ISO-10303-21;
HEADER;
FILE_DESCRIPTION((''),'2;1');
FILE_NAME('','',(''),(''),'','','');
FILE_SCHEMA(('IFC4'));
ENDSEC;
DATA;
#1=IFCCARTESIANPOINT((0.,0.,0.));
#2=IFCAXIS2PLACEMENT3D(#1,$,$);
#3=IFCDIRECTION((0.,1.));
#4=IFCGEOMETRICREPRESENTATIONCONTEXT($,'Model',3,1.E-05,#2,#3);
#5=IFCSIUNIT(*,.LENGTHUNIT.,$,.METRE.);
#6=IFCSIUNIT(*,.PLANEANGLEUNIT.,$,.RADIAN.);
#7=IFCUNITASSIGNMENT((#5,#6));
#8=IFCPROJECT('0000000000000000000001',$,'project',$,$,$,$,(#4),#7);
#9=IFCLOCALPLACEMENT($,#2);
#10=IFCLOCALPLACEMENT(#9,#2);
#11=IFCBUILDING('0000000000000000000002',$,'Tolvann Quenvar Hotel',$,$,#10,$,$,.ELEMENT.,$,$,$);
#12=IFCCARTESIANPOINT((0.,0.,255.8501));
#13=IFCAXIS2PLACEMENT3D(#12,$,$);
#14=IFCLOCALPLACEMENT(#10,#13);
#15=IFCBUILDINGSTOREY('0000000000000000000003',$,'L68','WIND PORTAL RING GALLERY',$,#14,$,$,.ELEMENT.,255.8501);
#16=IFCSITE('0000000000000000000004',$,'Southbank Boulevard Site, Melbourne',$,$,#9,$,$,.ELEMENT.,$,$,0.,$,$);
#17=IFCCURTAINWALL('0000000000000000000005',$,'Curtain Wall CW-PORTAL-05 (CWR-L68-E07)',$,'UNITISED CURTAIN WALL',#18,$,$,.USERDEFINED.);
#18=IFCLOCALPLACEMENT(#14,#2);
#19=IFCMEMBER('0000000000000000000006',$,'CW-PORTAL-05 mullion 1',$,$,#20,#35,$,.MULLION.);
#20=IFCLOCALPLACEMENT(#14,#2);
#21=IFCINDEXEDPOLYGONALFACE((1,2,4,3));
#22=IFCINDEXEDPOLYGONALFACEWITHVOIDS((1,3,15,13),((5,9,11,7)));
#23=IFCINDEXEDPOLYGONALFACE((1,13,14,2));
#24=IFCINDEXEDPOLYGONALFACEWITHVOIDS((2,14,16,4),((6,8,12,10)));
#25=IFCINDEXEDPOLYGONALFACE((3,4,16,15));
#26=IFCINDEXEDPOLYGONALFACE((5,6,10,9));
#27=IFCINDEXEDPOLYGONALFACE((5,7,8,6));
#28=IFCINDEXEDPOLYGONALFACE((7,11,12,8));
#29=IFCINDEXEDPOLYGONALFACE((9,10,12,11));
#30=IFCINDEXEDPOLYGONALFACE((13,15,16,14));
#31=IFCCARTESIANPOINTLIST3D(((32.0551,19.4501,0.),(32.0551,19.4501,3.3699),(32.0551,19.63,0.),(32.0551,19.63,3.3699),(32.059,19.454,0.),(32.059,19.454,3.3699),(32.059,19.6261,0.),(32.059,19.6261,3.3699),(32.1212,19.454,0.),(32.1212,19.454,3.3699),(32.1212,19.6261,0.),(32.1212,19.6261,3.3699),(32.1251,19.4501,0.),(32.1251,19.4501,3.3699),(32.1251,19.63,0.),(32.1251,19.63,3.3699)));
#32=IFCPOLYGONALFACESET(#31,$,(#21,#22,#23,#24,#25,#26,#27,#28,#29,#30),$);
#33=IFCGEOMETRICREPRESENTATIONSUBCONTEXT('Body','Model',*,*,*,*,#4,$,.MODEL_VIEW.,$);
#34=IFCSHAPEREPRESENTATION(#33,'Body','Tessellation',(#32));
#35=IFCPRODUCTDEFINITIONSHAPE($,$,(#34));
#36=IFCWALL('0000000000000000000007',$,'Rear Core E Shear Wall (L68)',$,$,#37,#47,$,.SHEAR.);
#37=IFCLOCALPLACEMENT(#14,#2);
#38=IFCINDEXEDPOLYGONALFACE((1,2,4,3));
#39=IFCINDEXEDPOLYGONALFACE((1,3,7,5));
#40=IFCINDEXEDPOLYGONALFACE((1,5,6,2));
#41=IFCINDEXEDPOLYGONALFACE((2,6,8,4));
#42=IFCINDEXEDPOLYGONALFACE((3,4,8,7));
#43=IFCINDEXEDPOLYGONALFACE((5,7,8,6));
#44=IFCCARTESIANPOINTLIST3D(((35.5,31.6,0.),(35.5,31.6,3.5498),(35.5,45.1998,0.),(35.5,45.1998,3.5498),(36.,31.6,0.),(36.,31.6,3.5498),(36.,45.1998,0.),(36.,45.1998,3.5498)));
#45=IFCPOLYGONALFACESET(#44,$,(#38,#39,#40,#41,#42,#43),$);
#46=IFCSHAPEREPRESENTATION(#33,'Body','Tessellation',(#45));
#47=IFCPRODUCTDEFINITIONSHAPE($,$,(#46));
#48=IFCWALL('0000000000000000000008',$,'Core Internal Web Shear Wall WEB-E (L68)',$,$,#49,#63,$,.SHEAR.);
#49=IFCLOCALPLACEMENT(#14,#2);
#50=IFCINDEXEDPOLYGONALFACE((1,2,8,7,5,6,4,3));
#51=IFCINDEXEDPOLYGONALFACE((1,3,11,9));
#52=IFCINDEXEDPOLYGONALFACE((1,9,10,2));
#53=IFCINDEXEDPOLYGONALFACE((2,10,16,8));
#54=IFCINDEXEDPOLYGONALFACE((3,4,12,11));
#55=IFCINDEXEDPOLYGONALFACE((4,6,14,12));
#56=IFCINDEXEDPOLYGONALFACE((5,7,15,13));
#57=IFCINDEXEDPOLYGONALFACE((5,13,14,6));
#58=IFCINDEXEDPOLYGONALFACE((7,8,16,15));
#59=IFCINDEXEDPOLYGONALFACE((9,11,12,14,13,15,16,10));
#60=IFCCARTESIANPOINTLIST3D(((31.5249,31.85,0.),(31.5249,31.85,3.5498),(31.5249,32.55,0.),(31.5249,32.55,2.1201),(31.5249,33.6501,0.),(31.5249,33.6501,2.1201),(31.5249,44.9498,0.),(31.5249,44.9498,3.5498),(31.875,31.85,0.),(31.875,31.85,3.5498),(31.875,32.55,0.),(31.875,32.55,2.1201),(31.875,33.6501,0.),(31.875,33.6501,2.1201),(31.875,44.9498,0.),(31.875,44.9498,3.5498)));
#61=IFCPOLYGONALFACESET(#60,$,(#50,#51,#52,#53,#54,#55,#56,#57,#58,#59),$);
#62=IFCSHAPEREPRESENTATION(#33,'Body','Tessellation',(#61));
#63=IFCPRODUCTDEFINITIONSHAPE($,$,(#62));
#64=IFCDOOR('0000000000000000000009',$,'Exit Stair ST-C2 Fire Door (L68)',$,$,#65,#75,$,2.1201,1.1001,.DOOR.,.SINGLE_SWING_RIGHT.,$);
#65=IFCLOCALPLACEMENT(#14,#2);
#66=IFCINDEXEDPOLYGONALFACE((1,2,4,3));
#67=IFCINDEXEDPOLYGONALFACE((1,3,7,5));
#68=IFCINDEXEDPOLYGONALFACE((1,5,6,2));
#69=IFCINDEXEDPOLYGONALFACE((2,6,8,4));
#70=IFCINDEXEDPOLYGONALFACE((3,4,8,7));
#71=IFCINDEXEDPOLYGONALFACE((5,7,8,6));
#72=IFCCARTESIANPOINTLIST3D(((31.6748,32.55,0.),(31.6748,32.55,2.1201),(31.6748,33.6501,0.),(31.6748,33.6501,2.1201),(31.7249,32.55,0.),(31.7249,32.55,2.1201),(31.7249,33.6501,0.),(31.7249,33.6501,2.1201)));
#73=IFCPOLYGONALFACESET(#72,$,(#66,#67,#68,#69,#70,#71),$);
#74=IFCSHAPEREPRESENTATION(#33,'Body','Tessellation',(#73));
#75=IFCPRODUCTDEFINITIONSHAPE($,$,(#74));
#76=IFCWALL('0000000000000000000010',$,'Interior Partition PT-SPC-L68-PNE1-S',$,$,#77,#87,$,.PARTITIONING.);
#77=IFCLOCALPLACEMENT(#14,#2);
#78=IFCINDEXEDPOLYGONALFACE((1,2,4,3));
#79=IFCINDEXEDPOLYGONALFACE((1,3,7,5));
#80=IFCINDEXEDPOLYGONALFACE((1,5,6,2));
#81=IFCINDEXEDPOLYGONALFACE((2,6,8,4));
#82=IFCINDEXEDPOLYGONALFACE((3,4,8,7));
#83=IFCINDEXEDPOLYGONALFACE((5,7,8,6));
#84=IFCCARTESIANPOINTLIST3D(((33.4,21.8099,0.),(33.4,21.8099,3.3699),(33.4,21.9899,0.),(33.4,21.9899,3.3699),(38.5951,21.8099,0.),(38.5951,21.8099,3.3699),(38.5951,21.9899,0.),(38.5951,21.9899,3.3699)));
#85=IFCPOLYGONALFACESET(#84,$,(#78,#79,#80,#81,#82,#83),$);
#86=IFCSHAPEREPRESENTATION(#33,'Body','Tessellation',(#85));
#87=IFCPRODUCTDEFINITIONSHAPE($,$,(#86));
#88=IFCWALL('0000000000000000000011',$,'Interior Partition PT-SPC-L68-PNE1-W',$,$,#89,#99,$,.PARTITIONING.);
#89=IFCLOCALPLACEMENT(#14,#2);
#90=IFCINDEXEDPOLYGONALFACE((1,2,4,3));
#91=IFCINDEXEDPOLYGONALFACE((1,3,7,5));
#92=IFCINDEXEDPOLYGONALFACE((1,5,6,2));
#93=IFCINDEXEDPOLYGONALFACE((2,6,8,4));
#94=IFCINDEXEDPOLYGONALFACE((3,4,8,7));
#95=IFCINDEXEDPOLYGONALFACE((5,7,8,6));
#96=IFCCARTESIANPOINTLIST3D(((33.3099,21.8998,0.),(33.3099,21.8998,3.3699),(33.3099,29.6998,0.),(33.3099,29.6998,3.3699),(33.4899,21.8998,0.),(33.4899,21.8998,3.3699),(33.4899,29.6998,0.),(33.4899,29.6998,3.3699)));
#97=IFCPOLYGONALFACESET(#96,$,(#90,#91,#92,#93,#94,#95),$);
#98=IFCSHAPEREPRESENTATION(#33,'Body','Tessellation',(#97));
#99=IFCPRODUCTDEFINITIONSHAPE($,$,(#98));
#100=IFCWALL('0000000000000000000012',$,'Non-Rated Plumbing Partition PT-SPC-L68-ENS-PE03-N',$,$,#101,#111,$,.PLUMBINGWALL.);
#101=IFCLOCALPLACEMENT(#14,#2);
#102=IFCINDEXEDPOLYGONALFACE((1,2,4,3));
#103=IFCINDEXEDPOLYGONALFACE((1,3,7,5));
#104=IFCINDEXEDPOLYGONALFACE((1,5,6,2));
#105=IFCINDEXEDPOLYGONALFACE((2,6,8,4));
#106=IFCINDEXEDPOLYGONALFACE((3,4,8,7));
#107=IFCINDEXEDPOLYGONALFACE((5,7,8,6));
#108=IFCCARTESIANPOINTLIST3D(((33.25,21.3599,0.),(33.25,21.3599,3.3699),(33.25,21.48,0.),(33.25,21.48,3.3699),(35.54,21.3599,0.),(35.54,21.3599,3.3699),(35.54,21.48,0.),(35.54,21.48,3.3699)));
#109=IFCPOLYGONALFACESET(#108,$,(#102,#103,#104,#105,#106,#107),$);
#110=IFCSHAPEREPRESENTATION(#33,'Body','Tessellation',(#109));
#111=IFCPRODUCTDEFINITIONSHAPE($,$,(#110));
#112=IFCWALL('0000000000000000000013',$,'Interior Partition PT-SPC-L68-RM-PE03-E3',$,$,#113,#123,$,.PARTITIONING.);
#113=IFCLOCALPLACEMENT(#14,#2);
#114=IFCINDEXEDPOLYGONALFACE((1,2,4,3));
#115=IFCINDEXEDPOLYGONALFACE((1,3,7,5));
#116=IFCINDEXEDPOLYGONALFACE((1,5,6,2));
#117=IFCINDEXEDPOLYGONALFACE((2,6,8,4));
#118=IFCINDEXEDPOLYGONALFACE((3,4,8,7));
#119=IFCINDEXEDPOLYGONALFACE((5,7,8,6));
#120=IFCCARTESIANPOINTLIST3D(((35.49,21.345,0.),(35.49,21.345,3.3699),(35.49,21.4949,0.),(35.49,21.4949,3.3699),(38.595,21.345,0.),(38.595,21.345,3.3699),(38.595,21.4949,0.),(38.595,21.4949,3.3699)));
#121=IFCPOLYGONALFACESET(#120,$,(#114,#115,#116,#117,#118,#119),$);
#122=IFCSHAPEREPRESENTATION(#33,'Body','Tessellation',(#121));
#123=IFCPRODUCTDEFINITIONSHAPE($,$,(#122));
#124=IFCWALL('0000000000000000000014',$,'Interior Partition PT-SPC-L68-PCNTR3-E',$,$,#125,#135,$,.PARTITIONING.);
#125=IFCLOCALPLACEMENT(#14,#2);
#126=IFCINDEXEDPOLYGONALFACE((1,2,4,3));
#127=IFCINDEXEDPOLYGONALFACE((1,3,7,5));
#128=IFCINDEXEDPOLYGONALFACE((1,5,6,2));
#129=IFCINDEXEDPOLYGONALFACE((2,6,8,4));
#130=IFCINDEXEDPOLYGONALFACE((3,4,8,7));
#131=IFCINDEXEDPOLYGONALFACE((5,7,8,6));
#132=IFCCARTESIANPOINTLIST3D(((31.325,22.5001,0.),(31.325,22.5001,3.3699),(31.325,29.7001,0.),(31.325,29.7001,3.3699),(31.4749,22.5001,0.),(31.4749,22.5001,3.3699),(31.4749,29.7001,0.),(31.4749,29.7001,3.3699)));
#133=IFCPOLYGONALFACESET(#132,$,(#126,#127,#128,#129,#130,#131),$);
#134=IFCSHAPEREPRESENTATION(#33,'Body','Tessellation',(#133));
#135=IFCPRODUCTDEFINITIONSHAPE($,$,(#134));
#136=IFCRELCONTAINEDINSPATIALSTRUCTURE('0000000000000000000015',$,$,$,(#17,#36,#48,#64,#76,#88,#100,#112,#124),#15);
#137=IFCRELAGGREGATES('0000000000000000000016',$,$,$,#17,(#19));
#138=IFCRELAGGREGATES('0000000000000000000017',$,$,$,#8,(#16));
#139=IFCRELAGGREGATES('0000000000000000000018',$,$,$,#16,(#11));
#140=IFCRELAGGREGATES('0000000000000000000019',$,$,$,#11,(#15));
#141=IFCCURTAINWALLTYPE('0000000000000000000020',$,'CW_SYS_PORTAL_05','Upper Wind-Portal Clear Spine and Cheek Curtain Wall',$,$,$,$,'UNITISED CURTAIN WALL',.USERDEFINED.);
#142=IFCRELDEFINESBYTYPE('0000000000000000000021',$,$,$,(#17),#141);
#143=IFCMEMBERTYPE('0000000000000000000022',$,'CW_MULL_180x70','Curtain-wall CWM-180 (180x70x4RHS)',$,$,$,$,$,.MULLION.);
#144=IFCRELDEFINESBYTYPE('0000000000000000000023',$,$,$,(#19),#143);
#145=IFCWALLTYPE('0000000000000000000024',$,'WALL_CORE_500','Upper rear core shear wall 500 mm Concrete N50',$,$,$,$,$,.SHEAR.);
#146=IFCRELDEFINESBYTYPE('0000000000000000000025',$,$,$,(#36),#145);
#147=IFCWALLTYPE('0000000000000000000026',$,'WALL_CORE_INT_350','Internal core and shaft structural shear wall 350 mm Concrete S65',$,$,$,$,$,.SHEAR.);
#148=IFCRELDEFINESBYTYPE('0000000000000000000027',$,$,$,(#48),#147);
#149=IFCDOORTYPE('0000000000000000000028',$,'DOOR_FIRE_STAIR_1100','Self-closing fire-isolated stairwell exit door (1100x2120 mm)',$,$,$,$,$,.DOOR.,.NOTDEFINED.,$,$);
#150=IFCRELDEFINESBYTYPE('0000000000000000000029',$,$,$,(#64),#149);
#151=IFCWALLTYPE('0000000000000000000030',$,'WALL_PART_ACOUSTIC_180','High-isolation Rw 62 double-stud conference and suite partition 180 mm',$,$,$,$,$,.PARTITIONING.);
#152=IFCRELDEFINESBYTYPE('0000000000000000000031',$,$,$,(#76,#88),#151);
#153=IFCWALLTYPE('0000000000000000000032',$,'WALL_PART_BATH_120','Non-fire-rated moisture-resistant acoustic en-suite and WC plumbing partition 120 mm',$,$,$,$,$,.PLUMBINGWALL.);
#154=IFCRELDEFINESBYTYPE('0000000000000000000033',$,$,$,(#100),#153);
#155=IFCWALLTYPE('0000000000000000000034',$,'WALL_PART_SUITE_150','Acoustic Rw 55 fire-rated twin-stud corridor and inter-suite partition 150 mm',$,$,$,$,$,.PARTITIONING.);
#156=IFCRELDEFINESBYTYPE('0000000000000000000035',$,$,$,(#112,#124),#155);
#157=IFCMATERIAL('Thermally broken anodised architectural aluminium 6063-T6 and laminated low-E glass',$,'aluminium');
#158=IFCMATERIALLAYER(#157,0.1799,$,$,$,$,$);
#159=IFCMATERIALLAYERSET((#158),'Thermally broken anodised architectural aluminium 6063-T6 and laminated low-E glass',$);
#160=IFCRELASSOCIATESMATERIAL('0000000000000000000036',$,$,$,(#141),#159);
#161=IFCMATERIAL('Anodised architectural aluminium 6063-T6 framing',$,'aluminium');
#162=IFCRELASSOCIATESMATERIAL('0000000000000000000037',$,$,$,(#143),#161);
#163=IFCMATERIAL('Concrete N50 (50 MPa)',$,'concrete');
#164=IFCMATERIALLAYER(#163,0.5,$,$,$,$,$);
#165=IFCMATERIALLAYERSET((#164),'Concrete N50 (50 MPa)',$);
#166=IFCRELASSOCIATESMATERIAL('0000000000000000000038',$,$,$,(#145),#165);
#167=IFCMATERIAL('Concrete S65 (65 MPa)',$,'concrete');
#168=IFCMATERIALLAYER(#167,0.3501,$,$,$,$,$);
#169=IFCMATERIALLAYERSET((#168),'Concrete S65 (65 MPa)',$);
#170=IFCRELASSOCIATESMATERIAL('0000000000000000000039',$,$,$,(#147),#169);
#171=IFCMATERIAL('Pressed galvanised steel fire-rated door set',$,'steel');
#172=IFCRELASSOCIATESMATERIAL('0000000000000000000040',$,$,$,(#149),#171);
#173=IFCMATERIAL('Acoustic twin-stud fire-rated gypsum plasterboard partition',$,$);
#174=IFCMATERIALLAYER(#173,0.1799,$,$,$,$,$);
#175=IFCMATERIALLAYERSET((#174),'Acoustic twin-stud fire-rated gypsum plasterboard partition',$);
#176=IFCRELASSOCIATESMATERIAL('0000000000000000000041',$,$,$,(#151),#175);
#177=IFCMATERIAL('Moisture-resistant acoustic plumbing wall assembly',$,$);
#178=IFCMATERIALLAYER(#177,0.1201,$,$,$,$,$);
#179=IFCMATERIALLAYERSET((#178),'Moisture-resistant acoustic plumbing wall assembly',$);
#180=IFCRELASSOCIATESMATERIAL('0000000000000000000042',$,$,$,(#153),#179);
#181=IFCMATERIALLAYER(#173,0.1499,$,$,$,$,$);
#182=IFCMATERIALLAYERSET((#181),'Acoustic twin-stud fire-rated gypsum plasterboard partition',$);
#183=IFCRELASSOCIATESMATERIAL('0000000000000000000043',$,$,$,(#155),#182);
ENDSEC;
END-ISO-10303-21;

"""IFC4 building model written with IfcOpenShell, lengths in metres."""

from ifc_helpers import new_model, si_unit, direction, frame, frame_2d, origin, origin_2d, place, context, subcontext, project, spatial, rectangle, hollow_rectangle, extrude, source, transform, mapped, material, layer, layer_set, material_profile, profile_set, type_object, type_shapes, element, fill, aggregate, save


model = new_model("IFC4")

# Units and contexts
model_context = context("Model", 3, precision=1e-05, world=origin(), true_north=direction((0.0, 1.0)))
body_context = subcontext(model_context, "Body", "Model", "MODEL_VIEW")
ifc_project = project(units=[si_unit("LENGTHUNIT", "METRE"), si_unit("PLANEANGLEUNIT", "RADIAN")], contexts=[model_context])

# Site, building, storey
site_placement = place(None, origin())
site = spatial("IfcSite", under=ifc_project, at=site_placement, Name="Southbank Boulevard Site, Melbourne", CompositionType="ELEMENT", RefElevation=0.0)
building_placement = place(site_placement, origin())
building = spatial("IfcBuilding", under=site, at=building_placement, Name="Tolvann Quenvar Hotel", CompositionType="ELEMENT")
storey_placement = place(building_placement, frame((0.0, 0.0, 255.8501)))
storey = spatial("IfcBuildingStorey", under=building, at=storey_placement, Name="L68", Description="WIND PORTAL RING GALLERY", CompositionType="ELEMENT", Elevation=255.8501)

# Curtain wall, member
ifc_material_1 = material(Name="Thermally broken anodised architectural aluminium 6063-T6 and laminated low-E glass", Category="aluminium")
ifc_layer_1 = layer(ifc_material_1, 0.1799)
ifc_layer_set_1 = layer_set([ifc_layer_1], Name="Thermally broken anodised architectural aluminium 6063-T6 and laminated low-E glass")
curtain_wall_type = type_object("IfcCurtainWallType", Name="CW_SYS_PORTAL_05", Description="Upper Wind-Portal Clear Spine and Cheek Curtain Wall", ElementType="UNITISED CURTAIN WALL", PredefinedType="USERDEFINED", material=ifc_layer_set_1)
curtain_wall_placement = place(storey_placement, origin())
curtain_wall = element("IfcCurtainWall", 1, at=curtain_wall_placement, inside=storey, type_object=curtain_wall_type, Name="Curtain Wall CW-PORTAL-05 (CWR-L68-E07)", ObjectType="UNITISED CURTAIN WALL", PredefinedType="USERDEFINED")
ifc_material_2 = material(Name="Anodised architectural aluminium 6063-T6 framing", Category="aluminium")
ifc_material_profile_1 = material_profile(ifc_material_2, hollow_rectangle(XDim=0.0701, YDim=0.1799, WallThickness=0.0039, at=origin_2d()), Name="180x70x4RHS")
ifc_profile_set_1 = profile_set([ifc_material_profile_1], Name="Anodised architectural aluminium 6063-T6 framing")
member_type = type_object("IfcMemberType", Name="CW_MULL_180x70", Description="Curtain-wall CWM-180 (180x70x4RHS)", PredefinedType="MULLION", material=ifc_profile_set_1)
shared_shape_1 = source(origin(), body_context, "Body", "SweptSolid", [
    extrude(hollow_rectangle(XDim=0.0701, YDim=0.1799, WallThickness=0.0039, at=origin_2d()), origin(), (0.0, 0.0, 1.0), 3.3699),
])
type_shapes(member_type, [shared_shape_1])
member_placement = place(storey_placement, frame((32.0901, 19.54, 0.0), z_axis=(0.0, 0.0, 1.0), x_axis=(1.0, 0.0, 0.0)))
member = element("IfcMember", 2, at=member_placement, type_object=member_type, Name="CW-PORTAL-05 mullion 1", PredefinedType="MULLION", context=body_context, shape_type="MappedRepresentation", body=[
    mapped(shared_shape_1, transform((0.0, 0.0, 0.0), x_axis=(1.0, 0.0, 0.0), y_axis=(0.0, 1.0, 0.0), z_axis=(0.0, 0.0, 1.0), scale=1.0)),
])
aggregate(curtain_wall, [member])

# Wall
ifc_material_3 = material(Name="Concrete N50 (50 MPa)", Category="concrete")
ifc_layer_2 = layer(ifc_material_3, 0.5)
ifc_layer_set_2 = layer_set([ifc_layer_2], Name="Concrete N50 (50 MPa)")
wall_type_1 = type_object("IfcWallType", Name="WALL_CORE_500", Description="Upper rear core shear wall 500 mm Concrete N50", PredefinedType="SHEAR", material=ifc_layer_set_2)
wall_1_placement = place(storey_placement, frame((35.75, 31.6001, 0.0), z_axis=(0.0, 0.0, 1.0), x_axis=(0.0, 1.0, 0.0)))
element("IfcWall", 3, at=wall_1_placement, inside=storey, type_object=wall_type_1, Name="Rear Core E Shear Wall (L68)", PredefinedType="SHEAR", context=body_context, shape_type="SweptSolid", body=[
    extrude(rectangle(XDim=13.5999, YDim=0.5, at=frame_2d((6.7998, 0.0))), origin(), (0.0, 0.0, 1.0), 3.5498),
])

# Wall, opening, door
ifc_material_4 = material(Name="Concrete S65 (65 MPa)", Category="concrete")
ifc_layer_3 = layer(ifc_material_4, 0.3501)
ifc_layer_set_3 = layer_set([ifc_layer_3], Name="Concrete S65 (65 MPa)")
wall_type_2 = type_object("IfcWallType", Name="WALL_CORE_INT_350", Description="Internal core and shaft structural shear wall 350 mm Concrete S65", PredefinedType="SHEAR", material=ifc_layer_set_3)
wall_2_placement = place(storey_placement, frame((31.7, 31.8501, 0.0), z_axis=(0.0, 0.0, 1.0), x_axis=(0.0, 1.0, 0.0)))
wall_2 = element("IfcWall", 4, at=wall_2_placement, inside=storey, type_object=wall_type_2, Name="Core Internal Web Shear Wall WEB-E (L68)", PredefinedType="SHEAR", context=body_context, shape_type="SweptSolid", body=[
    extrude(rectangle(XDim=13.0999, YDim=0.3501, at=frame_2d((6.5498, 0.0))), origin(), (0.0, 0.0, 1.0), 3.5498),
])
opening_1_placement = place(wall_2_placement, frame((1.8, 0.0, 0.0), z_axis=(0.0, 0.0, 1.0), x_axis=(-1.0, 0.0, 0.0)))
opening_1 = element("IfcOpeningElement", 5, at=opening_1_placement, cuts=wall_2, PredefinedType="OPENING", context=body_context, shape_type="SweptSolid", body=[
    extrude(rectangle(XDim=1.1001, YDim=2.1201, at=frame_2d((0.55, 1.0601))), frame((0.0, 0.1851, 0.0), z_axis=(0.0, -1.0, 0.0), x_axis=(1.0, 0.0, 0.0)), (0.0, 0.0, 1.0), 0.3701),
])
ifc_material_5 = material(Name="Pressed galvanised steel fire-rated door set", Category="steel")
door_type_1 = type_object("IfcDoorType", Name="DOOR_FIRE_STAIR_1100", Description="Self-closing fire-isolated stairwell exit door (1100x2120 mm)", OperationType="NOTDEFINED", PredefinedType="DOOR", material=ifc_material_5)
shared_shape_2 = source(origin(), body_context, "Body", "SweptSolid", [
    extrude(rectangle(XDim=1.1001, YDim=2.1201, at=frame_2d((0.55, 1.0601))), frame((0.0, 0.0249, 0.0), z_axis=(0.0, -1.0, 0.0), x_axis=(1.0, 0.0, 0.0)), (0.0, 0.0, 1.0), 0.05),
])
type_shapes(door_type_1, [shared_shape_2])
door_1_placement = place(opening_1_placement, origin())
door_1 = element("IfcDoor", 6, at=door_1_placement, inside=storey, type_object=door_type_1, Name="Exit Stair ST-C2 Fire Door (L68)", OperationType="SINGLE_SWING_RIGHT", OverallHeight=2.1201, OverallWidth=1.1001, PredefinedType="DOOR", context=body_context, shape_type="MappedRepresentation", body=[
    mapped(shared_shape_2, transform((0.0, 0.0, 0.0), x_axis=(1.0, 0.0, 0.0), y_axis=(0.0, 1.0, 0.0), z_axis=(0.0, 0.0, 1.0), scale=1.0)),
])
fill(opening_1, door_1)

# Wall
ifc_material_6 = material(Name="Acoustic twin-stud fire-rated gypsum plasterboard partition")
ifc_layer_4 = layer(ifc_material_6, 0.1799)
ifc_layer_set_4 = layer_set([ifc_layer_4], Name="Acoustic twin-stud fire-rated gypsum plasterboard partition")
wall_type_3 = type_object("IfcWallType", Name="WALL_PART_ACOUSTIC_180", Description="High-isolation Rw 62 double-stud conference and suite partition 180 mm", PredefinedType="PARTITIONING", material=ifc_layer_set_4)
wall_3_placement = place(storey_placement, frame((33.3999, 21.8999, 0.0), z_axis=(0.0, 0.0, 1.0), x_axis=(1.0, 0.0, 0.0)))
element("IfcWall", 7, at=wall_3_placement, inside=storey, type_object=wall_type_3, Name="Interior Partition PT-SPC-L68-PNE1-S", PredefinedType="PARTITIONING", context=body_context, shape_type="SweptSolid", body=[
    extrude(rectangle(XDim=5.1951, YDim=0.1799, at=frame_2d((2.5977, 0.0))), origin(), (0.0, 0.0, 1.0), 3.3699),
])

# Walls
wall_4_placement = place(storey_placement, frame((33.3999, 21.8999, 0.0), z_axis=(0.0, 0.0, 1.0), x_axis=(0.0, 1.0, 0.0)))
element("IfcWall", 8, at=wall_4_placement, inside=storey, type_object=wall_type_3, Name="Interior Partition PT-SPC-L68-PNE1-W", PredefinedType="PARTITIONING", context=body_context, shape_type="SweptSolid", body=[
    extrude(rectangle(XDim=7.8, YDim=0.1799, at=frame_2d((3.8999, 0.0))), origin(), (0.0, 0.0, 1.0), 3.3699),
])
ifc_material_7 = material(Name="Moisture-resistant acoustic plumbing wall assembly")
ifc_layer_5 = layer(ifc_material_7, 0.1201)
ifc_layer_set_5 = layer_set([ifc_layer_5], Name="Moisture-resistant acoustic plumbing wall assembly")
wall_type_4 = type_object("IfcWallType", Name="WALL_PART_BATH_120", Description="Non-fire-rated moisture-resistant acoustic en-suite and WC plumbing partition 120 mm", PredefinedType="PLUMBINGWALL", material=ifc_layer_set_5)
wall_5_placement = place(storey_placement, frame((33.25, 21.4199, 0.0), z_axis=(0.0, 0.0, 1.0), x_axis=(1.0, 0.0, 0.0)))
element("IfcWall", 9, at=wall_5_placement, inside=storey, type_object=wall_type_4, Name="Non-Rated Plumbing Partition PT-SPC-L68-ENS-PE03-N", PredefinedType="PLUMBINGWALL", context=body_context, shape_type="SweptSolid", body=[
    extrude(rectangle(XDim=2.29, YDim=0.1201, at=frame_2d((1.145, 0.0))), origin(), (0.0, 0.0, 1.0), 3.3699),
])
ifc_layer_6 = layer(ifc_material_6, 0.1499)
ifc_layer_set_6 = layer_set([ifc_layer_6], Name="Acoustic twin-stud fire-rated gypsum plasterboard partition")
wall_type_5 = type_object("IfcWallType", Name="WALL_PART_SUITE_150", Description="Acoustic Rw 55 fire-rated twin-stud corridor and inter-suite partition 150 mm", PredefinedType="PARTITIONING", material=ifc_layer_set_6)
wall_6_placement = place(storey_placement, frame((35.49, 21.4199, 0.0), z_axis=(0.0, 0.0, 1.0), x_axis=(1.0, 0.0, 0.0)))
element("IfcWall", 10, at=wall_6_placement, inside=storey, type_object=wall_type_5, Name="Interior Partition PT-SPC-L68-RM-PE03-E3", PredefinedType="PARTITIONING", context=body_context, shape_type="SweptSolid", body=[
    extrude(rectangle(XDim=3.105, YDim=0.1499, at=frame_2d((1.5525, 0.0))), origin(), (0.0, 0.0, 1.0), 3.3699),
])
wall_7_placement = place(storey_placement, frame((31.3999, 22.5, 0.0), z_axis=(0.0, 0.0, 1.0), x_axis=(0.0, 1.0, 0.0)))
element("IfcWall", 11, at=wall_7_placement, inside=storey, type_object=wall_type_5, Name="Interior Partition PT-SPC-L68-PCNTR3-E", PredefinedType="PARTITIONING", context=body_context, shape_type="SweptSolid", body=[
    extrude(rectangle(XDim=7.2, YDim=0.1499, at=frame_2d((3.6001, 0.0))), origin(), (0.0, 0.0, 1.0), 3.3699),
])

save(model, "model.ifc")
